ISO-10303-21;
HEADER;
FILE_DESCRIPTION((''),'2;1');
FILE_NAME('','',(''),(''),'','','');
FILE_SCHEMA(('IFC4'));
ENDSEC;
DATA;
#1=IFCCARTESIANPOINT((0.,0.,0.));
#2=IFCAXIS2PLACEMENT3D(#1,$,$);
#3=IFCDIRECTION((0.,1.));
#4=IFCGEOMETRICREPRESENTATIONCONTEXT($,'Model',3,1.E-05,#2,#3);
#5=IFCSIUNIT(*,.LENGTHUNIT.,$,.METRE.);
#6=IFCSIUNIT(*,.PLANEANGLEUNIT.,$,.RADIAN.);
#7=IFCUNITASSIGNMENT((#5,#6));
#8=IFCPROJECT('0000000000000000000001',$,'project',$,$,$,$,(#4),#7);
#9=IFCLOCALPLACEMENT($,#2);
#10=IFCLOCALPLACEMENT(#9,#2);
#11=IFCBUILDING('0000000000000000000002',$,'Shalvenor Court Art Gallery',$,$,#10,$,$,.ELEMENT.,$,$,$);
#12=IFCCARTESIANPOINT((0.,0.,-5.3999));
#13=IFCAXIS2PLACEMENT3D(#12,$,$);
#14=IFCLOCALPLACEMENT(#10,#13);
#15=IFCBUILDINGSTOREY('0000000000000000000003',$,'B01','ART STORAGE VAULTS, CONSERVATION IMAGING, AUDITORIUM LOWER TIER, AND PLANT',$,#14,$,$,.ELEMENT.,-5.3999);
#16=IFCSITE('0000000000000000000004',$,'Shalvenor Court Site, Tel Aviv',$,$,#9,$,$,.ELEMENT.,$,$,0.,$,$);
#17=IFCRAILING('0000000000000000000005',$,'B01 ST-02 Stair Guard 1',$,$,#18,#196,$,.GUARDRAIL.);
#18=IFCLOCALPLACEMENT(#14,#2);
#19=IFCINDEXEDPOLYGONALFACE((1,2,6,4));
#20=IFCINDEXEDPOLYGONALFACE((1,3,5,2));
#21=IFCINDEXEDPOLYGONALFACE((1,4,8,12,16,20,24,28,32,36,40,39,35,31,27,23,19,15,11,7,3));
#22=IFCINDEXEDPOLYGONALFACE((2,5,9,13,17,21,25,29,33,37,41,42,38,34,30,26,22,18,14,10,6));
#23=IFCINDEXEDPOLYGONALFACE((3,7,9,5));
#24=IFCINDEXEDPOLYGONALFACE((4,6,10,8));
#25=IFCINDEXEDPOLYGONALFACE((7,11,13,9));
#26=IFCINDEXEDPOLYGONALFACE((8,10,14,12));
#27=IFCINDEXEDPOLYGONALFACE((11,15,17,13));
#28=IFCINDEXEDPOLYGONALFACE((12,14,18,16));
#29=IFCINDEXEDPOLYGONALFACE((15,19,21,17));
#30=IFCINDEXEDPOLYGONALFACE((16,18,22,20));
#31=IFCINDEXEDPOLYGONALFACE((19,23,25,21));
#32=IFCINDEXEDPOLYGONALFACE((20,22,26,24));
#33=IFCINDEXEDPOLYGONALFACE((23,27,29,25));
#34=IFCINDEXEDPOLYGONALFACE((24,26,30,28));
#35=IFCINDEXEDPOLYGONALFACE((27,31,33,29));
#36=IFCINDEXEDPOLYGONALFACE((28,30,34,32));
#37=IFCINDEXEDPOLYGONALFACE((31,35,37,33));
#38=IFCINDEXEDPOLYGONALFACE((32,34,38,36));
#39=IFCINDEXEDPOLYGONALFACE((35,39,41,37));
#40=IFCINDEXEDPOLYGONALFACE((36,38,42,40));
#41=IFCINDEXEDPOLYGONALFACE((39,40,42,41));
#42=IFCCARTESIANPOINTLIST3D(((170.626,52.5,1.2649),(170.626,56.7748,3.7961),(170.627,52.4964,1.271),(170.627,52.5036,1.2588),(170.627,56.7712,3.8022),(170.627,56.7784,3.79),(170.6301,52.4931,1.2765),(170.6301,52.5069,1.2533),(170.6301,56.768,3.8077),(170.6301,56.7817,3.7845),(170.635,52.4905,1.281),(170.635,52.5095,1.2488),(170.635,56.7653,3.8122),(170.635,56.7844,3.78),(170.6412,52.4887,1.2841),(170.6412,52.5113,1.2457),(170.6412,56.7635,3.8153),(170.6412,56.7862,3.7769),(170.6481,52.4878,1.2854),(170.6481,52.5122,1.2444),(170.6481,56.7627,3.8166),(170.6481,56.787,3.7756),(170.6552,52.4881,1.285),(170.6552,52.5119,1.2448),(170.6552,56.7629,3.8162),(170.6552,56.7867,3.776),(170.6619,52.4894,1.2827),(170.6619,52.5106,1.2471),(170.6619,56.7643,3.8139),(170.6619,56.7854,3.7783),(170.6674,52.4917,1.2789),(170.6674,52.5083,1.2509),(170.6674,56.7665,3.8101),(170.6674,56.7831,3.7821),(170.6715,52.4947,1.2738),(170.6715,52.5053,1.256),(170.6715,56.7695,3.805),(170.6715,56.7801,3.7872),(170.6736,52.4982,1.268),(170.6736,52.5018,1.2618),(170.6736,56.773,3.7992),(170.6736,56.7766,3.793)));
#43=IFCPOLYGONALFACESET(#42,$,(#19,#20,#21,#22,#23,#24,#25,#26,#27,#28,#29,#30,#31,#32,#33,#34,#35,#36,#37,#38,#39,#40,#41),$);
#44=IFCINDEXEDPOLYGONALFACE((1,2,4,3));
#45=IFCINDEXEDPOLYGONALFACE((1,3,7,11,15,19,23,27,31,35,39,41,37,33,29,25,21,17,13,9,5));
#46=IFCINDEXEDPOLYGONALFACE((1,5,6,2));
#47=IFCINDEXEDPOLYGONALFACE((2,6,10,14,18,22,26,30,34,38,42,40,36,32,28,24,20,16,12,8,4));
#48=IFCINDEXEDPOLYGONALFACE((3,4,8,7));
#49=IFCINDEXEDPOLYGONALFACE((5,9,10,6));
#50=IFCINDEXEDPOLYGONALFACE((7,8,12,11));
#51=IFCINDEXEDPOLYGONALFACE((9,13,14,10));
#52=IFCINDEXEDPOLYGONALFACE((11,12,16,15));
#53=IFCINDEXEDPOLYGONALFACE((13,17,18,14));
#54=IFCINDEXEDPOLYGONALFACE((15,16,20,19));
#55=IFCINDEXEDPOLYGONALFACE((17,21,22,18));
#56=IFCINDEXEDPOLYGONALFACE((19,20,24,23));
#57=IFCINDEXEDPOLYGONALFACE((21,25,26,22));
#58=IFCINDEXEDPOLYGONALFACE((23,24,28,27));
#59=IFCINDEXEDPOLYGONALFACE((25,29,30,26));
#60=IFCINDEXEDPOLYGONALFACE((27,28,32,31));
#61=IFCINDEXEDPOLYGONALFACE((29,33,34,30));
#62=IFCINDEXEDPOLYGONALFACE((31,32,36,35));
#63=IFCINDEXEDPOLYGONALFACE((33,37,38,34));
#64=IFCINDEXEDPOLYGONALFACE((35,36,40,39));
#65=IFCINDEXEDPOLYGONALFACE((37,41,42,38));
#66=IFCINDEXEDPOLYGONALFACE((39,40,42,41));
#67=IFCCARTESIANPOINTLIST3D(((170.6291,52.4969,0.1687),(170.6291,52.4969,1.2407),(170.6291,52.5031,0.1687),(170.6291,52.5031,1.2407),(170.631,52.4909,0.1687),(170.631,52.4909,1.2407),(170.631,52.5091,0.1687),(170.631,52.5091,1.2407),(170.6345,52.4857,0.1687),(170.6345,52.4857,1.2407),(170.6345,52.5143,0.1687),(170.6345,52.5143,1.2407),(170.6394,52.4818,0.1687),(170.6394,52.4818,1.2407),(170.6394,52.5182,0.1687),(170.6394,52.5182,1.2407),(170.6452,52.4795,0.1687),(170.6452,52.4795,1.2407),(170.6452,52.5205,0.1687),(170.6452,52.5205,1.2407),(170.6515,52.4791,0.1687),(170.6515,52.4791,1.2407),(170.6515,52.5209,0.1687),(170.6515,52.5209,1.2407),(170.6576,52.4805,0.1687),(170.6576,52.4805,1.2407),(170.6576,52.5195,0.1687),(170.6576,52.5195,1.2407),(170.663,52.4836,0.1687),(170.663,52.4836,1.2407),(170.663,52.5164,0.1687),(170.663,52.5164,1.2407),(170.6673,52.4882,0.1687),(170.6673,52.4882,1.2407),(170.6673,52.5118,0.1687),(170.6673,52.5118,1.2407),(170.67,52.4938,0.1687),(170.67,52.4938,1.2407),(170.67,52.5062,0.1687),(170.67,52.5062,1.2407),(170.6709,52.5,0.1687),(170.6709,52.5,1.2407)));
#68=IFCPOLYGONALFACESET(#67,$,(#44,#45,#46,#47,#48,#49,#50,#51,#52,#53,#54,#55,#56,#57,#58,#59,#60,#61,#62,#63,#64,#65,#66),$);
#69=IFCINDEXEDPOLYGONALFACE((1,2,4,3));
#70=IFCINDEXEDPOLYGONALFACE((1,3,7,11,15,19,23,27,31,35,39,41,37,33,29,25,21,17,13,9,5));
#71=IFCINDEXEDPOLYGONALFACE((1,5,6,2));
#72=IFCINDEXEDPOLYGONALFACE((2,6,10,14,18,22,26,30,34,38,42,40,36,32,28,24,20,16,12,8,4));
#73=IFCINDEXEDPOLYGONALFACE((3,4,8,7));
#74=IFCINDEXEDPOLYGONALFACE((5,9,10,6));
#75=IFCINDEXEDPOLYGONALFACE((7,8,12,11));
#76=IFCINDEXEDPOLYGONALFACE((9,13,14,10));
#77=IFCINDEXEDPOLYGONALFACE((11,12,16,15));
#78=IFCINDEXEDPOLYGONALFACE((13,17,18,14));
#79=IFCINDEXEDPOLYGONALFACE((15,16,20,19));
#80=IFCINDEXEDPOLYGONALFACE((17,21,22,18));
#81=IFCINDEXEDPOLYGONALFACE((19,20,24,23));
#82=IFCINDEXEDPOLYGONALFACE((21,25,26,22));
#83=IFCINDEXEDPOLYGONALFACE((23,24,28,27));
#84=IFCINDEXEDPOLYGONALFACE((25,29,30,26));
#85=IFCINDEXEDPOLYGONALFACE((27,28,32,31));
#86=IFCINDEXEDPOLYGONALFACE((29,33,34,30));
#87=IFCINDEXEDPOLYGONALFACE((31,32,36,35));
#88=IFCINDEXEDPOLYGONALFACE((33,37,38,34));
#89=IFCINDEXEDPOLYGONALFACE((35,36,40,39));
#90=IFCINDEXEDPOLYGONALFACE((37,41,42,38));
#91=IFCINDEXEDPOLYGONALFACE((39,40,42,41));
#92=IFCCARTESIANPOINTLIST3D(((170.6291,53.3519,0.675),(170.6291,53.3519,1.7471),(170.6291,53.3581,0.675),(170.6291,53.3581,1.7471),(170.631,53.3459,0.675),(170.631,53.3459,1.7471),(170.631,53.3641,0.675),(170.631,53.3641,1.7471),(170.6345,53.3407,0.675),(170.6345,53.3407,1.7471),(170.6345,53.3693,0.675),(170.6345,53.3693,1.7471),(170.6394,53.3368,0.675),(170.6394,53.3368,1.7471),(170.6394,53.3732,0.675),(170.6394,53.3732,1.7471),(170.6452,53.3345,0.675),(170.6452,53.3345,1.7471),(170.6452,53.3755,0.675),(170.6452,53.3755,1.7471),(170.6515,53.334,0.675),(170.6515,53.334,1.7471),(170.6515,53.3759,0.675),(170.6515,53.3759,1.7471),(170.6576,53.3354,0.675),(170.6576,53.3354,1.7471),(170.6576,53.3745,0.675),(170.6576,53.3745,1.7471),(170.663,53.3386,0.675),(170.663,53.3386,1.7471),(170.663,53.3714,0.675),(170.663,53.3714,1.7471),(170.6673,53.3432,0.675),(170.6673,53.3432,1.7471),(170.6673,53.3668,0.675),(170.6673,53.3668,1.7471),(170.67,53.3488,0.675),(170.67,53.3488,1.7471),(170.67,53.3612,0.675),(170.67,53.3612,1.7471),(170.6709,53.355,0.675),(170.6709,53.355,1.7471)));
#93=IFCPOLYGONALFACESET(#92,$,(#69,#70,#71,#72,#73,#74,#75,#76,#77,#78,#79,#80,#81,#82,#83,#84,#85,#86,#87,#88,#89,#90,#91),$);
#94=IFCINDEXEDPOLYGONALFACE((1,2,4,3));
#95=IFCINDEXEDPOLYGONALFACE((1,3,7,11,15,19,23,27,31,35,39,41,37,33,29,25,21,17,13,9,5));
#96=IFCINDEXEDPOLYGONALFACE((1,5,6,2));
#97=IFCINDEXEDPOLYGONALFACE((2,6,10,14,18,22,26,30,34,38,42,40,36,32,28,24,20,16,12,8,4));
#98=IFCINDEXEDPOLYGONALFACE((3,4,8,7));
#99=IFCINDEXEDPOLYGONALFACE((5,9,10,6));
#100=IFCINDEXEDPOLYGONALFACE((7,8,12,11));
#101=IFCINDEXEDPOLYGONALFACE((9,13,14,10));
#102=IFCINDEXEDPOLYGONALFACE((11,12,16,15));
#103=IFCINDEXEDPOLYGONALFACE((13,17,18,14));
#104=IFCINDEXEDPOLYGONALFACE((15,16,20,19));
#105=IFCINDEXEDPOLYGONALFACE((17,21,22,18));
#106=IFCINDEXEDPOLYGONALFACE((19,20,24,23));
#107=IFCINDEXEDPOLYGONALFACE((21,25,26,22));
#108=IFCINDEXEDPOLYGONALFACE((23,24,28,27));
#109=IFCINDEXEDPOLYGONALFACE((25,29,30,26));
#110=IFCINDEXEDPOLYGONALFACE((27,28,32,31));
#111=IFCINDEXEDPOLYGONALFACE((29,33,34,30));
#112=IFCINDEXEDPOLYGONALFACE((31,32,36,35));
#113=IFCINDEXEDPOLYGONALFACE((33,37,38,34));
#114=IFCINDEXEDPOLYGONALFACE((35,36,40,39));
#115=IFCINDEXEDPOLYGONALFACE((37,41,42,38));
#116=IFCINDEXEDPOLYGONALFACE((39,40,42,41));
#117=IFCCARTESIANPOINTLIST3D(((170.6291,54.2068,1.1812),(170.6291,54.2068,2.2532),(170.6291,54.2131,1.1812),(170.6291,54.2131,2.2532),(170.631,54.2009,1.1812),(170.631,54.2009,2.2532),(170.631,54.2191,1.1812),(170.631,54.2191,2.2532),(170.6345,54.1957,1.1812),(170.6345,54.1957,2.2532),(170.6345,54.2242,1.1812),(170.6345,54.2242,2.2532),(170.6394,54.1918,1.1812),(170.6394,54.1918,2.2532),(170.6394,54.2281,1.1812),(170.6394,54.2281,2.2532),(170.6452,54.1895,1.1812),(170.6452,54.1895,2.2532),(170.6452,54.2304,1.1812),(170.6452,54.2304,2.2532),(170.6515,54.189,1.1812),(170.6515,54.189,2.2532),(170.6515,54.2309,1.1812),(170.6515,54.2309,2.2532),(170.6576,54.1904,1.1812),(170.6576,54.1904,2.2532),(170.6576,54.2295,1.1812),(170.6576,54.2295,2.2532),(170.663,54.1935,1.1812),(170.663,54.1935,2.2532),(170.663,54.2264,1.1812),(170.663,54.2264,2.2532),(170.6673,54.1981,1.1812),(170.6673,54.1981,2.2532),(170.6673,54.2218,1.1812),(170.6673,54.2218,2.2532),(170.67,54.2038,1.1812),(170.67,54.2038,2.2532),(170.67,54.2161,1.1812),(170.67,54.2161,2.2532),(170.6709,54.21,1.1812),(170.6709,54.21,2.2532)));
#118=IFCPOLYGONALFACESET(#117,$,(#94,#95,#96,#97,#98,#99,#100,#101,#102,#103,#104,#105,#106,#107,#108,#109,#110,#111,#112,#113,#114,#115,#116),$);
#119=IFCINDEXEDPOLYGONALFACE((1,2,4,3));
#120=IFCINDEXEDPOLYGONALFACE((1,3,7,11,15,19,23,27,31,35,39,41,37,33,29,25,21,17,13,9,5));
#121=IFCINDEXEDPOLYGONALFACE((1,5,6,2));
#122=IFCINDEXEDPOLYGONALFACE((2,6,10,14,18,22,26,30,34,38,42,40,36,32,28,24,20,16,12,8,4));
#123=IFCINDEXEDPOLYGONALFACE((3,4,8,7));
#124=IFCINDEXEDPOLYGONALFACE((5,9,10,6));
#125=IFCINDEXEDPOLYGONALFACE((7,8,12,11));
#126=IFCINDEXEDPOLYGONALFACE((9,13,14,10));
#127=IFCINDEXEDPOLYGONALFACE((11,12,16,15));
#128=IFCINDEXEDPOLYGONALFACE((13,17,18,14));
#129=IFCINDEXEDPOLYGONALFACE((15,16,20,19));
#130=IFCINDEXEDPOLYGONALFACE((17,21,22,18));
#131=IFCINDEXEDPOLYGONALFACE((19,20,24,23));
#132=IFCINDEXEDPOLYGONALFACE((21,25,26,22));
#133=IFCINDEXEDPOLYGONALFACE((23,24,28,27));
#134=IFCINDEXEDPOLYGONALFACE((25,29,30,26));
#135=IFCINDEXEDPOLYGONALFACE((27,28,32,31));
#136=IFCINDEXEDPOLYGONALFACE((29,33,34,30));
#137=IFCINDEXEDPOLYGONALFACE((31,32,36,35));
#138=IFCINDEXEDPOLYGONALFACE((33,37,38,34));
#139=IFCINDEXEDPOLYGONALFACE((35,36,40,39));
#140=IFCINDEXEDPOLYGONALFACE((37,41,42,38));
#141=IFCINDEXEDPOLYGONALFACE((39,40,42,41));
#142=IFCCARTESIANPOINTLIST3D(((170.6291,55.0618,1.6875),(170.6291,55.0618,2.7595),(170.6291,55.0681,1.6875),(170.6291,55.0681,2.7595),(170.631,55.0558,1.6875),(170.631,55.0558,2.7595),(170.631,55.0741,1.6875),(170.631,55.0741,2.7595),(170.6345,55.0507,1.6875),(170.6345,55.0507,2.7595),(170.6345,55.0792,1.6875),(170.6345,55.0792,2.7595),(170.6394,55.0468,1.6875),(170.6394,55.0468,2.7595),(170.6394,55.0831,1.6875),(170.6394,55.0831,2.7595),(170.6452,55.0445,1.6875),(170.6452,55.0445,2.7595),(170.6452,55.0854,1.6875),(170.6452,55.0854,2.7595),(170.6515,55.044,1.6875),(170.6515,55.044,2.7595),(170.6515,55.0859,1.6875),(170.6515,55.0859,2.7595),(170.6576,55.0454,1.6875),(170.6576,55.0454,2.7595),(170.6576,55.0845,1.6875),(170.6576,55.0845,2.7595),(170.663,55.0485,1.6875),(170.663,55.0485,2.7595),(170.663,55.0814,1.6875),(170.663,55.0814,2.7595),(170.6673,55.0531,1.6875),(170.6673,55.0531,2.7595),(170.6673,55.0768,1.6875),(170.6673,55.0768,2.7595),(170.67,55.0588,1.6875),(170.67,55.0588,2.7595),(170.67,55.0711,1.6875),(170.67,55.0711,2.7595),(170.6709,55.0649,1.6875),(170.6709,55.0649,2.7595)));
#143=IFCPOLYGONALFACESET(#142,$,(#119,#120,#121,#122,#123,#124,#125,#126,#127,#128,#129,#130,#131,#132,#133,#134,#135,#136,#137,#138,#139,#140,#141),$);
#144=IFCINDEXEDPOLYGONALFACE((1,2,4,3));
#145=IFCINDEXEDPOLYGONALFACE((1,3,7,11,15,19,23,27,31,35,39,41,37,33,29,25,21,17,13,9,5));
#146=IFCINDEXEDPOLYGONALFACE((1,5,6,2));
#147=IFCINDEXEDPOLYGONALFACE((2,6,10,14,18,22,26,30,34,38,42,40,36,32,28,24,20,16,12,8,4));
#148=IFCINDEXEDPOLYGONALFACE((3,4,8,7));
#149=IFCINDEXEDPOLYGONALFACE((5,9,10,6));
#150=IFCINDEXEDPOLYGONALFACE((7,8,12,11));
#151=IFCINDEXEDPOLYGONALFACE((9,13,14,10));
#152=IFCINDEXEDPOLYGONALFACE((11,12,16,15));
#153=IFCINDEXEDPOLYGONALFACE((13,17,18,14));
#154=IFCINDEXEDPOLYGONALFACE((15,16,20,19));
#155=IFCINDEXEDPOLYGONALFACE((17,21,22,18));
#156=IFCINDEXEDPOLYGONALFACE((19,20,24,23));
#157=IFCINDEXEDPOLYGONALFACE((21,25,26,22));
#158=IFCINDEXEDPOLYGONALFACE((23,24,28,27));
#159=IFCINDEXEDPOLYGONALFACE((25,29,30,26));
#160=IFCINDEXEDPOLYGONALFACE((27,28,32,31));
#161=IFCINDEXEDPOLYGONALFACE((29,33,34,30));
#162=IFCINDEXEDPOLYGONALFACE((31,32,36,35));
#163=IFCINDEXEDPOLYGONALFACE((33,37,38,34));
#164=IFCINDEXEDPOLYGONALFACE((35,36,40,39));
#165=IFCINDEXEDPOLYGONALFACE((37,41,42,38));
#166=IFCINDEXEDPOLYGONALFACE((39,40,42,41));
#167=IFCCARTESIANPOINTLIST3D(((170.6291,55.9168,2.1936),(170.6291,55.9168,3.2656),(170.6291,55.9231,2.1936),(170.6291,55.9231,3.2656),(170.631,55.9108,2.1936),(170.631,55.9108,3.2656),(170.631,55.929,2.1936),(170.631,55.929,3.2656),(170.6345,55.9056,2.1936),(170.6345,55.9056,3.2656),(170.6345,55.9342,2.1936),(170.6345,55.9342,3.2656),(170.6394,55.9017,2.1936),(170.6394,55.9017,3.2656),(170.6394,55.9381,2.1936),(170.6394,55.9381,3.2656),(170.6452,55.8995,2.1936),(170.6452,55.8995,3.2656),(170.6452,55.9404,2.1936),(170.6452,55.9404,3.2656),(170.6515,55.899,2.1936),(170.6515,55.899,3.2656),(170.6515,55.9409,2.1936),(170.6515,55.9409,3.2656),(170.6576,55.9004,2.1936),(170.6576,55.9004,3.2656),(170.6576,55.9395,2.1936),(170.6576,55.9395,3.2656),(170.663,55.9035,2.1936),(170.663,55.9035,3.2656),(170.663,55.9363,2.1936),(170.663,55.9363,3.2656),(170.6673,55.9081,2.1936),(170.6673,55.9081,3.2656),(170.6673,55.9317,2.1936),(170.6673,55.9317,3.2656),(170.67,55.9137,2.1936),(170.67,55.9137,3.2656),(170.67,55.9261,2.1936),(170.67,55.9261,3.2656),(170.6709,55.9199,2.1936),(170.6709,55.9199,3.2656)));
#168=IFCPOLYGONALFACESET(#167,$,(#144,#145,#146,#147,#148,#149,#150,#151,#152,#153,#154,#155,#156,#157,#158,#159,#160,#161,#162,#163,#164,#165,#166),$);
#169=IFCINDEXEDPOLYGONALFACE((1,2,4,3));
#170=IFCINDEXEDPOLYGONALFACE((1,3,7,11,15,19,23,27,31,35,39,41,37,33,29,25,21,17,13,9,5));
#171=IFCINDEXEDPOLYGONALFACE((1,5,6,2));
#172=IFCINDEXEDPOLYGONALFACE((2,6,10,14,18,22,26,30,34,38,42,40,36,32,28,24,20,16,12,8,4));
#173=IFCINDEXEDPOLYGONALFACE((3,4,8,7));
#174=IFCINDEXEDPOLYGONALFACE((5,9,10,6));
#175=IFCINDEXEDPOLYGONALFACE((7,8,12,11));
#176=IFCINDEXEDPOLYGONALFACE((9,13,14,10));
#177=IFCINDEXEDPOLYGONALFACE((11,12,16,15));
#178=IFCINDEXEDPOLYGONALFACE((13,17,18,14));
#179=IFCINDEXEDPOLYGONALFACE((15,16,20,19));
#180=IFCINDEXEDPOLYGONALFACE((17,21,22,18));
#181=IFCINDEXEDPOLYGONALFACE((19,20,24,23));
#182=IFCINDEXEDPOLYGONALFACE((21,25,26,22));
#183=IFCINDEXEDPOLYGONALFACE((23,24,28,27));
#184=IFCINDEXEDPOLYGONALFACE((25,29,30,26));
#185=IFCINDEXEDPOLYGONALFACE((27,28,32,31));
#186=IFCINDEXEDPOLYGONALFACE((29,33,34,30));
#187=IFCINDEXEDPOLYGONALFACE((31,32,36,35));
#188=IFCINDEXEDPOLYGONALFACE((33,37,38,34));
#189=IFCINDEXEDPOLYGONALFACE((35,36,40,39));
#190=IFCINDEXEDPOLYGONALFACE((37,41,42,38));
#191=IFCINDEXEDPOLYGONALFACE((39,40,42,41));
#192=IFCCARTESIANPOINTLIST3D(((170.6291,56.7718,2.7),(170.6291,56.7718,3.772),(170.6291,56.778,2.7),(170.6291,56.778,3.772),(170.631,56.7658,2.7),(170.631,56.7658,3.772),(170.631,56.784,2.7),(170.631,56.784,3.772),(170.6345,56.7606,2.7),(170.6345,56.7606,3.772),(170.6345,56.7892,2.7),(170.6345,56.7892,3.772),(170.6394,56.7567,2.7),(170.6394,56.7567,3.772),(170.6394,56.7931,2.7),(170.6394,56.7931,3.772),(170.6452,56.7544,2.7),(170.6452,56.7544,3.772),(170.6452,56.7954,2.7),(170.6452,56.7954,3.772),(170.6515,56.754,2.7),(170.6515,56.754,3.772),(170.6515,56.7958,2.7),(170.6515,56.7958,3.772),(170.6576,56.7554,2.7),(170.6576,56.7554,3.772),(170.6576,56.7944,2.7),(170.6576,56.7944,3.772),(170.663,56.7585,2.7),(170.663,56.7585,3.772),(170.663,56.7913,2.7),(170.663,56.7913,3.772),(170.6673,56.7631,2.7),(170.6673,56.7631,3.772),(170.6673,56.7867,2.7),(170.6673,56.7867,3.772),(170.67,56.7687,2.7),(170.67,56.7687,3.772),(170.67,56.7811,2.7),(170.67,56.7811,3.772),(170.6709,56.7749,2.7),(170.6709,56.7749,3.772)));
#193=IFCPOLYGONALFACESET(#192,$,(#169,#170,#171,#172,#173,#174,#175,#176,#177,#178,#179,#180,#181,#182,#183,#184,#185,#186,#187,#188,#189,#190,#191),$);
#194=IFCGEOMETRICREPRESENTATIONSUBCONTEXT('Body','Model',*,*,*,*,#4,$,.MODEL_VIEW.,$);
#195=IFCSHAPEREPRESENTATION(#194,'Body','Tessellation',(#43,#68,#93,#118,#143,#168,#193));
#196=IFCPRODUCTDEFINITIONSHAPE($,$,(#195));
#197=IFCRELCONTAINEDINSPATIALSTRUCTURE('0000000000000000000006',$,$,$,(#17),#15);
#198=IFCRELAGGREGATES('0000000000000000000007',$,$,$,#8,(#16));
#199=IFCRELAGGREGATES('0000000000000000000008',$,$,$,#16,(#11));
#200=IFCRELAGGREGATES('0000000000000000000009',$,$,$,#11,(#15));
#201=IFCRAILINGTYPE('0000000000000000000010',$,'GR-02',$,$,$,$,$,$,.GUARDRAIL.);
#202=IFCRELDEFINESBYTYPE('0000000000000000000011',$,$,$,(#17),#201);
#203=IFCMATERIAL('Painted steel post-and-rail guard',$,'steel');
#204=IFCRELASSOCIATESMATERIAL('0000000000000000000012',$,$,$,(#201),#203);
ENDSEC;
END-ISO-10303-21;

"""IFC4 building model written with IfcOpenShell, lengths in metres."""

from ifc_helpers import new_model, si_unit, direction, frame, origin, origin_2d, place, context, subcontext, project, spatial, circle, extrude, material, type_object, element, save


model = new_model("IFC4")

# Units and contexts
model_context = context("Model", 3, precision=1e-05, world=origin(), true_north=direction((0.0, 1.0)))
body_context = subcontext(model_context, "Body", "Model", "MODEL_VIEW")
ifc_project = project(units=[si_unit("LENGTHUNIT", "METRE"), si_unit("PLANEANGLEUNIT", "RADIAN")], contexts=[model_context])

# Site, building, storey
site_placement = place(None, origin())
site = spatial("IfcSite", under=ifc_project, at=site_placement, Name="Shalvenor Court Site, Tel Aviv", CompositionType="ELEMENT", RefElevation=0.0)
building_placement = place(site_placement, origin())
building = spatial("IfcBuilding", under=site, at=building_placement, Name="Shalvenor Court Art Gallery", CompositionType="ELEMENT")
storey_placement = place(building_placement, frame((0.0, 0.0, -5.3999)))
storey = spatial("IfcBuildingStorey", under=building, at=storey_placement, Name="B01", Description="ART STORAGE VAULTS, CONSERVATION IMAGING, AUDITORIUM LOWER TIER, AND PLANT", CompositionType="ELEMENT", Elevation=-5.3999)

# Railing
ifc_material_1 = material(Name="Painted steel post-and-rail guard", Category="steel")
railing_type_1 = type_object("IfcRailingType", Name="GR-02", PredefinedType="GUARDRAIL", material=ifc_material_1)
railing_1_placement = place(storey_placement, frame((170.6499, 52.5, 0.1687)))
element("IfcRailing", 1, at=railing_1_placement, inside=storey, type_object=railing_type_1, Name="B01 ST-02 Stair Guard 1", PredefinedType="GUARDRAIL", context=body_context, shape_type="SweptSolid", body=[
    extrude(circle(Radius=0.0239, at=origin_2d()), frame((0.0, 0.0, 1.0962), z_axis=(0.0, 0.86047, 0.509501), x_axis=(-1.0, 0.0, 0.0)), (0.0, 0.0, 1.0), 4.968),
    extrude(circle(Radius=0.021, at=origin_2d()), origin(), (0.0, 0.0, 1.0), 1.072),
    extrude(circle(Radius=0.021, at=origin_2d()), frame((0.0, 0.855, 0.5063)), (0.0, 0.0, 1.0), 1.072),
    extrude(circle(Radius=0.021, at=origin_2d()), frame((0.0, 1.71, 1.0125)), (0.0, 0.0, 1.0), 1.072),
    extrude(circle(Radius=0.021, at=origin_2d()), frame((0.0, 2.5649, 1.5188)), (0.0, 0.0, 1.0), 1.072),
    extrude(circle(Radius=0.021, at=origin_2d()), frame((0.0, 3.4199, 2.0249)), (0.0, 0.0, 1.0), 1.072),
    extrude(circle(Radius=0.021, at=origin_2d()), frame((0.0, 4.2749, 2.5312)), (0.0, 0.0, 1.0), 1.072),
])

save(model, "model.ifc")
